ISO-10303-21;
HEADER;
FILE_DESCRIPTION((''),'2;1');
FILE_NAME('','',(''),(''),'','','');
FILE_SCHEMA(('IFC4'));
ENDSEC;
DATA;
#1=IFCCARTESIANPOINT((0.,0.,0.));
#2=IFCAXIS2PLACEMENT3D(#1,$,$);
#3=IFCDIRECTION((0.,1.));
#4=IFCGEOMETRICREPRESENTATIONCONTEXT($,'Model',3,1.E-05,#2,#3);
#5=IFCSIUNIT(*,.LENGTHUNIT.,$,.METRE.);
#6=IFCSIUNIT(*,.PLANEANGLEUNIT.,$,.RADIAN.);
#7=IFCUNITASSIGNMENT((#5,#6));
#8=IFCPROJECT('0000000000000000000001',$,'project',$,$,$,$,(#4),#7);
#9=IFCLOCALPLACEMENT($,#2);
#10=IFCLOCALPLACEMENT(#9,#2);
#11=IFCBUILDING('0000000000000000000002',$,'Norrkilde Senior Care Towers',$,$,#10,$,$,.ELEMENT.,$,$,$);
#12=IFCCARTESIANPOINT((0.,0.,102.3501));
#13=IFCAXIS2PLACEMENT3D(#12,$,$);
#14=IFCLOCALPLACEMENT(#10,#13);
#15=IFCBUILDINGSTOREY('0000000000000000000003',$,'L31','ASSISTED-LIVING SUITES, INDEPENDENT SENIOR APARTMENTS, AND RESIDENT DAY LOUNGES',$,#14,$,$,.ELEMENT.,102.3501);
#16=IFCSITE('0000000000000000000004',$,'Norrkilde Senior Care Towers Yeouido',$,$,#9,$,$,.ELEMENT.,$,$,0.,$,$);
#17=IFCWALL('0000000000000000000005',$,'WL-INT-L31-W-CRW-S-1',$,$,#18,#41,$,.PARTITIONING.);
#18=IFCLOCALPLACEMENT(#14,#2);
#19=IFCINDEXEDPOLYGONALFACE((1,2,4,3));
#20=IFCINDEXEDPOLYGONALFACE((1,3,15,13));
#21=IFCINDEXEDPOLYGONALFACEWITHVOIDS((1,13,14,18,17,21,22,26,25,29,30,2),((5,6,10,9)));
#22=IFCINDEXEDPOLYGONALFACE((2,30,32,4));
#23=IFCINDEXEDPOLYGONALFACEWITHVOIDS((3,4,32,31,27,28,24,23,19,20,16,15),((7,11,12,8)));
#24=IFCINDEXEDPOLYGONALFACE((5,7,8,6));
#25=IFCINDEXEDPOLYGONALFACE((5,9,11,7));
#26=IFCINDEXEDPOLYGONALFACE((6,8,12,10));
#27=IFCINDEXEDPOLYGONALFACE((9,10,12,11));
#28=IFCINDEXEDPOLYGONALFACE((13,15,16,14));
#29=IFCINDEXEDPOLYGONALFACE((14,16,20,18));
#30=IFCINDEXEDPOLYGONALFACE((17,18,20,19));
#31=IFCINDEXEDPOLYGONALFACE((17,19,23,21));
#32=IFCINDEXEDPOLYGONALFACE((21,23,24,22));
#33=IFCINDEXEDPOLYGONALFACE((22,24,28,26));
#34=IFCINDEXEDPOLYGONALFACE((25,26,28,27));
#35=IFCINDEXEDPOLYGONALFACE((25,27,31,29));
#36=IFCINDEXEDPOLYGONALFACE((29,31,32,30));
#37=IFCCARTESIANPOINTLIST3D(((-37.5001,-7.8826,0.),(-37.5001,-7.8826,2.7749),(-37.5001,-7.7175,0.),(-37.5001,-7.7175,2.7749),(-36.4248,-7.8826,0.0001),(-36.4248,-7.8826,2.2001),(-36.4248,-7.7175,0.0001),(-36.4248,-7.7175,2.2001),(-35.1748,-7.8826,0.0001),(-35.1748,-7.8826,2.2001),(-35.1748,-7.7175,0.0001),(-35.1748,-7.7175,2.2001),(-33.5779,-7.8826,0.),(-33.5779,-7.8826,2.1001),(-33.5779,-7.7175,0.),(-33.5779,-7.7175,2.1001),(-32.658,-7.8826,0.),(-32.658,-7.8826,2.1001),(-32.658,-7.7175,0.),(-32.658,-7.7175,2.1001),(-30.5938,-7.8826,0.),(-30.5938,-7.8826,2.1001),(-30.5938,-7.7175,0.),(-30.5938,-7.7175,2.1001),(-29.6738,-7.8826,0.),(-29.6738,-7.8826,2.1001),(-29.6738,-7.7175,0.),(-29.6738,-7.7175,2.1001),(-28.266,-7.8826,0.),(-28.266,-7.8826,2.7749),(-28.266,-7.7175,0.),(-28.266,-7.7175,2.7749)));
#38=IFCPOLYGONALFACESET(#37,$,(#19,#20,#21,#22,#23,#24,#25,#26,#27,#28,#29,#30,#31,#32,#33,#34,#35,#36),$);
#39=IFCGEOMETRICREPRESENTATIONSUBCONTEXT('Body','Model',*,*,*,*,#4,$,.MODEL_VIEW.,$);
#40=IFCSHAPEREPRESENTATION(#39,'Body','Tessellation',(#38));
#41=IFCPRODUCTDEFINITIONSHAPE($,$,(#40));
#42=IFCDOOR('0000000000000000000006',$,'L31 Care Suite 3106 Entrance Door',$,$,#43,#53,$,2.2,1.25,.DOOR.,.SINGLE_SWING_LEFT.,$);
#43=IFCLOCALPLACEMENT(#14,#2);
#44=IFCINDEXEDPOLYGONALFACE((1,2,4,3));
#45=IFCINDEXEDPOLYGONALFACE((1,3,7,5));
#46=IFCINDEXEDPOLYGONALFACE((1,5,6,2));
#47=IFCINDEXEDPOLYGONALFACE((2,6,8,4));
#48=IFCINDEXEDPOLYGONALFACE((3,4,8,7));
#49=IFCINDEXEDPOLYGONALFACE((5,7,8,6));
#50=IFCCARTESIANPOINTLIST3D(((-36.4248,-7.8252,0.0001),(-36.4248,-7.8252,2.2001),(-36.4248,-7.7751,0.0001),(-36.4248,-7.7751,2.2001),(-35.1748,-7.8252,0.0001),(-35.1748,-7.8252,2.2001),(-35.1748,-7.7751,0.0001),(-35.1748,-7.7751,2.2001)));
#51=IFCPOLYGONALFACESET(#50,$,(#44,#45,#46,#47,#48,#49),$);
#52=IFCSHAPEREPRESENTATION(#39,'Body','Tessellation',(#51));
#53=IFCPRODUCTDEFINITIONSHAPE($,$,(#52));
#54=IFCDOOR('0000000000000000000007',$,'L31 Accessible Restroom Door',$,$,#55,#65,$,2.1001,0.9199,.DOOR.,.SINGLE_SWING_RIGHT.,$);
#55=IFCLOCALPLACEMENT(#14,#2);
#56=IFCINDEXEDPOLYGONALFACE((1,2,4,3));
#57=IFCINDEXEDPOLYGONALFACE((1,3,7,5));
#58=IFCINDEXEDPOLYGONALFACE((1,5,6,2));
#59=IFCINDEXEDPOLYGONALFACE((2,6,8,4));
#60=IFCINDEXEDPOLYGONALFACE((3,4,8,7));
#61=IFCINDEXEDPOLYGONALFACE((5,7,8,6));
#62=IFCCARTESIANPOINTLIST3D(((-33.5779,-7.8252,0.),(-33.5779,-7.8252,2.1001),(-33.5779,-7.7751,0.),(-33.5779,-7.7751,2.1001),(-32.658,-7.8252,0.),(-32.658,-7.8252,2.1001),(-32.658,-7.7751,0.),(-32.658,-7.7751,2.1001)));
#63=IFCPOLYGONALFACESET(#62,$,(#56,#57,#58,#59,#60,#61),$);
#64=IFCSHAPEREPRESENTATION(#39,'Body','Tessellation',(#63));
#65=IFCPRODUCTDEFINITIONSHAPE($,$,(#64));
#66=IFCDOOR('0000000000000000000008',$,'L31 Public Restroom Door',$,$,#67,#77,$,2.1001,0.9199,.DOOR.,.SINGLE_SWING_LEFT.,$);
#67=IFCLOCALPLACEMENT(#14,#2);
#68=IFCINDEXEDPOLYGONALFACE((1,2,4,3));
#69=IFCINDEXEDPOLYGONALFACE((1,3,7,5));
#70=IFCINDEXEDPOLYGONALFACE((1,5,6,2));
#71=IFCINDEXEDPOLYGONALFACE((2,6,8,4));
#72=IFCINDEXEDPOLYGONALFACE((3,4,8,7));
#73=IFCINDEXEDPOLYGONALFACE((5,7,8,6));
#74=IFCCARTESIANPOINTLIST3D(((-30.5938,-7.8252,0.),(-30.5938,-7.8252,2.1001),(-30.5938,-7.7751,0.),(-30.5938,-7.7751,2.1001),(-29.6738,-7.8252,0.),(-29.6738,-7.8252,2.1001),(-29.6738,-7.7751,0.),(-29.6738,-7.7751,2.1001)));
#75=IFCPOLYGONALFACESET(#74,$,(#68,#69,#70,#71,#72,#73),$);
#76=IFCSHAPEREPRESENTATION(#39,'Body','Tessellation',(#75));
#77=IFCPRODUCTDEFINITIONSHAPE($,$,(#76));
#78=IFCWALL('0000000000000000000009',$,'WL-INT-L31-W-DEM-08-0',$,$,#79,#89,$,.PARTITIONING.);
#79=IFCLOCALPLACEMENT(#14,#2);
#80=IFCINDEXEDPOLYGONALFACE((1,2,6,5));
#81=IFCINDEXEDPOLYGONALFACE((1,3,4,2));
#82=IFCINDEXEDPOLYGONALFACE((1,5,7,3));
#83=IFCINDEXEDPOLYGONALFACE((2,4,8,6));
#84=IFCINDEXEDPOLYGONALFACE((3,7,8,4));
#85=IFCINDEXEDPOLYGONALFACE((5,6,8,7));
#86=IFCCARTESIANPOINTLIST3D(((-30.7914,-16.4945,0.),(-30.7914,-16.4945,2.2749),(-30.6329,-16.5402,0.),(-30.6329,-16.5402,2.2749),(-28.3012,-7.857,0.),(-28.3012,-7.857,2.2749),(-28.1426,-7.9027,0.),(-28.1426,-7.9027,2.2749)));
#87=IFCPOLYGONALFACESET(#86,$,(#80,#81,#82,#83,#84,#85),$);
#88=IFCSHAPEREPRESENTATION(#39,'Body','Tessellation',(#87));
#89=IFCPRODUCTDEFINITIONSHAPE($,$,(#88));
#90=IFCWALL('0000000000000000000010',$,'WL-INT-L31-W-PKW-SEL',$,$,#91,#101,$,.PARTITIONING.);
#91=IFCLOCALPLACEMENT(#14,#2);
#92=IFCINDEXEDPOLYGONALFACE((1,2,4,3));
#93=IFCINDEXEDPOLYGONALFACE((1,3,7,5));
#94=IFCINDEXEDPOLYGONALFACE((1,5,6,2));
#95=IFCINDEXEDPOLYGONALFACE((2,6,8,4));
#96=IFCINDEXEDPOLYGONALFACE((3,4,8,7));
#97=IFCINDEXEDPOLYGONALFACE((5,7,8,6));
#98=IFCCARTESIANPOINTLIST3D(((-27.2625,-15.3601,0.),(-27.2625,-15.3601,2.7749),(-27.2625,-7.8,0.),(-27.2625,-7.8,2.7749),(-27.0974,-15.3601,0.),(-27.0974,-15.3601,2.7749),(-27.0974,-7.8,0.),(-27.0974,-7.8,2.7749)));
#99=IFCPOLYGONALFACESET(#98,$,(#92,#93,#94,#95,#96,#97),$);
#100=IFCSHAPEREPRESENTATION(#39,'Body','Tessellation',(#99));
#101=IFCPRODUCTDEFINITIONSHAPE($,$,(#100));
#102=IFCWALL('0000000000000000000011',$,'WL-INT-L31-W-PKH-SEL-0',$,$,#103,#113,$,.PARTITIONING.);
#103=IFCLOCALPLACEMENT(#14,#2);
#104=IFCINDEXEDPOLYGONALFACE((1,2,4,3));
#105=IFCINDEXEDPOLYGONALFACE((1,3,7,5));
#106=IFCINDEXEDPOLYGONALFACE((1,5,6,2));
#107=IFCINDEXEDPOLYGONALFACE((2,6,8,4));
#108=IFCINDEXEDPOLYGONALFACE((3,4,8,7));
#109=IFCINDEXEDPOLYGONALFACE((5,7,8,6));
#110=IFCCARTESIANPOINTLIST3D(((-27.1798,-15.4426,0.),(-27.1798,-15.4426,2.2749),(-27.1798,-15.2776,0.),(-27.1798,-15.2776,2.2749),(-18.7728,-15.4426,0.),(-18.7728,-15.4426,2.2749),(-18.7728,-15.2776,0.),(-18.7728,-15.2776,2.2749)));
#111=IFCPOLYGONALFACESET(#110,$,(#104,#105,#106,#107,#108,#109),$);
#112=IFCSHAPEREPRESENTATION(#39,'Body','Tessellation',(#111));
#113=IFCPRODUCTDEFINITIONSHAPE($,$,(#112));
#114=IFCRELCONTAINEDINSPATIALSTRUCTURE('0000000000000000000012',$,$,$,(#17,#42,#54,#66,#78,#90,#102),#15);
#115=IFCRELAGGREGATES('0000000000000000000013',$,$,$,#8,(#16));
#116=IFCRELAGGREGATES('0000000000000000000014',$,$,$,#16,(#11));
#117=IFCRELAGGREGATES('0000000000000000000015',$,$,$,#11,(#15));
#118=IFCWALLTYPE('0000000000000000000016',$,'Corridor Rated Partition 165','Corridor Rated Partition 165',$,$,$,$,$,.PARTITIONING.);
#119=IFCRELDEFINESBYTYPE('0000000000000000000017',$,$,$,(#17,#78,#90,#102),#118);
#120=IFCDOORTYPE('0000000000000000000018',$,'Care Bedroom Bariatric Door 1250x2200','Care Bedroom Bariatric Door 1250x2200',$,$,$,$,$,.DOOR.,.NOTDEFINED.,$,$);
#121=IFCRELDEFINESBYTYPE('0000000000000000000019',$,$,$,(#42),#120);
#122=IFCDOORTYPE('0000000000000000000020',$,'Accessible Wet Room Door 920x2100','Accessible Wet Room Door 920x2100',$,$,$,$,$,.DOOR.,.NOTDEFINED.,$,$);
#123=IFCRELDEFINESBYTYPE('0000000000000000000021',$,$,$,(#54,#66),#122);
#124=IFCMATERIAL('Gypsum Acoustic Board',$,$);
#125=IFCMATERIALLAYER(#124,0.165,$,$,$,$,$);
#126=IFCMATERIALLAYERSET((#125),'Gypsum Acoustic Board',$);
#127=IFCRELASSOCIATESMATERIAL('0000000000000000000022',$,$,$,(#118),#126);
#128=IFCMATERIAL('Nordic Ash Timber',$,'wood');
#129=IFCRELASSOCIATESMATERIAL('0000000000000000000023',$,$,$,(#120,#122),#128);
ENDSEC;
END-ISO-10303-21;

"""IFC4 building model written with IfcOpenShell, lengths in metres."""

from ifc_helpers import new_model, si_unit, direction, frame, frame_2d, origin, place, context, subcontext, project, spatial, rectangle, extrude, source, transform, mapped, material, layer, layer_set, type_object, type_shapes, element, fill, save


model = new_model("IFC4")

# Units and contexts
model_context = context("Model", 3, precision=1e-05, world=origin(), true_north=direction((0.0, 1.0)))
body_context = subcontext(model_context, "Body", "Model", "MODEL_VIEW")
ifc_project = project(units=[si_unit("LENGTHUNIT", "METRE"), si_unit("PLANEANGLEUNIT", "RADIAN")], contexts=[model_context])

# Site, building, storey
site_placement = place(None, origin())
site = spatial("IfcSite", under=ifc_project, at=site_placement, Name="Norrkilde Senior Care Towers Yeouido", CompositionType="ELEMENT", RefElevation=0.0)
building_placement = place(site_placement, origin())
building = spatial("IfcBuilding", under=site, at=building_placement, Name="Norrkilde Senior Care Towers", CompositionType="ELEMENT")
storey_placement = place(building_placement, frame((0.0, 0.0, 102.3501)))
storey = spatial("IfcBuildingStorey", under=building, at=storey_placement, Name="L31", Description="ASSISTED-LIVING SUITES, INDEPENDENT SENIOR APARTMENTS, AND RESIDENT DAY LOUNGES", CompositionType="ELEMENT", Elevation=102.3501)

# Shared definitions
ifc_material_1 = material(Name="Gypsum Acoustic Board")
ifc_layer_1 = layer(ifc_material_1, 0.165)
ifc_layer_set_1 = layer_set([ifc_layer_1], Name="Gypsum Acoustic Board")
wall_type_1 = type_object("IfcWallType", Name="Corridor Rated Partition 165", Description="Corridor Rated Partition 165", PredefinedType="PARTITIONING", material=ifc_layer_set_1)
ifc_material_2 = material(Name="Nordic Ash Timber", Category="wood")

# Wall, openings, doors
shared_shape_1 = source(origin(), body_context, "Body", "SweptSolid", [
    extrude(rectangle(XDim=9.2341, YDim=0.165, at=frame_2d((4.6172, 0.0))), origin(), (0.0, 0.0, 1.0), 2.7749),
])
wall_1_placement = place(storey_placement, frame((-28.2659, -7.8, 0.0), z_axis=(0.0, 0.0, 1.0), x_axis=(-1.0, 0.0, 0.0)))
wall_1 = element("IfcWall", 1, at=wall_1_placement, inside=storey, type_object=wall_type_1, Name="WL-INT-L31-W-CRW-S-1", PredefinedType="PARTITIONING", context=body_context, shape_type="MappedRepresentation", body=[
    mapped(shared_shape_1, transform((0.0, 0.0, 0.0), x_axis=(1.0, 0.0, 0.0), y_axis=(0.0, 1.0, 0.0), z_axis=(0.0, 0.0, 1.0), scale=1.0)),
])
opening_1_placement = place(wall_1_placement, frame((6.9089, 0.0, 0.0)))
opening_1 = element("IfcOpeningElement", 2, at=opening_1_placement, cuts=wall_1, PredefinedType="OPENING", context=body_context, shape_type="SweptSolid", body=[
    extrude(rectangle(XDim=1.25, YDim=2.2, at=frame_2d((0.625, 1.1001))), frame((0.0, 0.0925, 0.0), z_axis=(0.0, -1.0, 0.0), x_axis=(1.0, 0.0, 0.0)), (0.0, 0.0, 1.0), 0.1851),
])
opening_2_placement = place(wall_1_placement, frame((4.3921, 0.0, 0.0)))
opening_2 = element("IfcOpeningElement", 3, at=opening_2_placement, cuts=wall_1, PredefinedType="OPENING", context=body_context, shape_type="SweptSolid", body=[
    extrude(rectangle(XDim=0.9199, YDim=2.1001, at=frame_2d((0.46, 1.05))), frame((0.0, 0.0925, 0.0), z_axis=(0.0, -1.0, 0.0), x_axis=(1.0, 0.0, 0.0)), (0.0, 0.0, 1.0), 0.1851),
])
opening_3_placement = place(wall_1_placement, frame((1.408, 0.0, 0.0)))
opening_3 = element("IfcOpeningElement", 4, at=opening_3_placement, cuts=wall_1, PredefinedType="OPENING", context=body_context, shape_type="SweptSolid", body=[
    extrude(rectangle(XDim=0.9199, YDim=2.1001, at=frame_2d((0.46, 1.05))), frame((0.0, 0.0925, 0.0), z_axis=(0.0, -1.0, 0.0), x_axis=(1.0, 0.0, 0.0)), (0.0, 0.0, 1.0), 0.1851),
])
door_type_1 = type_object("IfcDoorType", Name="Care Bedroom Bariatric Door 1250x2200", Description="Care Bedroom Bariatric Door 1250x2200", OperationType="NOTDEFINED", PredefinedType="DOOR", material=ifc_material_2)
shared_shape_2 = source(origin(), body_context, "Body", "SweptSolid", [
    extrude(rectangle(XDim=1.25, YDim=2.2, at=frame_2d((0.625, 1.1001))), frame((0.0, 0.0249, 0.0), z_axis=(0.0, -1.0, 0.0), x_axis=(1.0, 0.0, 0.0)), (0.0, 0.0, 1.0), 0.05),
])
type_shapes(door_type_1, [shared_shape_2])
door_1_placement = place(opening_1_placement, frame((1.25, 0.0, 0.0), z_axis=(0.0, 0.0, 1.0), x_axis=(-1.0, 0.0, 0.0)))
door_1 = element("IfcDoor", 5, at=door_1_placement, inside=storey, type_object=door_type_1, Name="L31 Care Suite 3106 Entrance Door", OperationType="SINGLE_SWING_LEFT", OverallHeight=2.2, OverallWidth=1.25, PredefinedType="DOOR", context=body_context, shape_type="MappedRepresentation", body=[
    mapped(shared_shape_2, transform((0.0, 0.0, 0.0), x_axis=(1.0, 0.0, 0.0), y_axis=(0.0, 1.0, 0.0), z_axis=(0.0, 0.0, 1.0), scale=1.0)),
])
fill(opening_1, door_1)
door_type_2 = type_object("IfcDoorType", Name="Accessible Wet Room Door 920x2100", Description="Accessible Wet Room Door 920x2100", OperationType="NOTDEFINED", PredefinedType="DOOR", material=ifc_material_2)
shared_shape_3 = source(origin(), body_context, "Body", "SweptSolid", [
    extrude(rectangle(XDim=0.9199, YDim=2.1001, at=frame_2d((0.46, 1.05))), frame((0.0, 0.0249, 0.0), z_axis=(0.0, -1.0, 0.0), x_axis=(1.0, 0.0, 0.0)), (0.0, 0.0, 1.0), 0.05),
])
type_shapes(door_type_2, [shared_shape_3])
door_2_placement = place(opening_2_placement, frame((0.9199, 0.0, 0.0), z_axis=(0.0, 0.0, 1.0), x_axis=(-1.0, 0.0, 0.0)))
door_2 = element("IfcDoor", 6, at=door_2_placement, inside=storey, type_object=door_type_2, Name="L31 Accessible Restroom Door", OperationType="SINGLE_SWING_RIGHT", OverallHeight=2.1001, OverallWidth=0.9199, PredefinedType="DOOR", context=body_context, shape_type="MappedRepresentation", body=[
    mapped(shared_shape_3, transform((0.0, 0.0, 0.0), x_axis=(1.0, 0.0, 0.0), y_axis=(0.0, 1.0, 0.0), z_axis=(0.0, 0.0, 1.0), scale=1.0)),
])
fill(opening_2, door_2)
door_3_placement = place(opening_3_placement, frame((0.9199, 0.0, 0.0), z_axis=(0.0, 0.0, 1.0), x_axis=(-1.0, 0.0, 0.0)))
door_3 = element("IfcDoor", 7, at=door_3_placement, inside=storey, type_object=door_type_2, Name="L31 Public Restroom Door", OperationType="SINGLE_SWING_LEFT", OverallHeight=2.1001, OverallWidth=0.9199, PredefinedType="DOOR", context=body_context, shape_type="MappedRepresentation", body=[
    mapped(shared_shape_3, transform((0.0, 0.0, 0.0), x_axis=(1.0, 0.0, 0.0), y_axis=(0.0, 1.0, 0.0), z_axis=(0.0, 0.0, 1.0), scale=1.0)),
])
fill(opening_3, door_3)

# Walls
shared_shape_4 = source(origin(), body_context, "Body", "SweptSolid", [
    extrude(rectangle(XDim=8.9893, YDim=0.165, at=frame_2d((4.4946, 0.0))), origin(), (0.0, 0.0, 1.0), 2.2749),
])
wall_2_placement = place(storey_placement, frame((-28.2219, -7.8799, 0.0), z_axis=(0.0, 0.0, 1.0), x_axis=(-0.277023, -0.960863, 0.0)))
element("IfcWall", 8, at=wall_2_placement, inside=storey, type_object=wall_type_1, Name="WL-INT-L31-W-DEM-08-0", PredefinedType="PARTITIONING", context=body_context, shape_type="MappedRepresentation", body=[
    mapped(shared_shape_4, transform((0.0, 0.0, 0.0), x_axis=(1.0, 0.0, 0.0), y_axis=(0.0, 1.0, 0.0), z_axis=(0.0, 0.0, 1.0), scale=1.0)),
])
shared_shape_5 = source(origin(), body_context, "Body", "SweptSolid", [
    extrude(rectangle(XDim=7.5601, YDim=0.165, at=frame_2d((3.78, 0.0))), origin(), (0.0, 0.0, 1.0), 2.7749),
])
wall_3_placement = place(storey_placement, frame((-27.1799, -15.3601, 0.0), z_axis=(0.0, 0.0, 1.0), x_axis=(0.0, 1.0, 0.0)))
element("IfcWall", 9, at=wall_3_placement, inside=storey, type_object=wall_type_1, Name="WL-INT-L31-W-PKW-SEL", PredefinedType="PARTITIONING", context=body_context, shape_type="MappedRepresentation", body=[
    mapped(shared_shape_5, transform((0.0, 0.0, 0.0), x_axis=(1.0, 0.0, 0.0), y_axis=(0.0, 1.0, 0.0), z_axis=(0.0, 0.0, 1.0), scale=1.0)),
])
shared_shape_6 = source(origin(), body_context, "Body", "SweptSolid", [
    extrude(rectangle(XDim=8.407, YDim=0.165, at=frame_2d((4.2036, 0.0))), origin(), (0.0, 0.0, 1.0), 2.2749),
])
wall_4_placement = place(storey_placement, frame((-27.1799, -15.3601, 0.0), z_axis=(0.0, 0.0, 1.0), x_axis=(1.0, 0.0, 0.0)))
element("IfcWall", 10, at=wall_4_placement, inside=storey, type_object=wall_type_1, Name="WL-INT-L31-W-PKH-SEL-0", PredefinedType="PARTITIONING", context=body_context, shape_type="MappedRepresentation", body=[
    mapped(shared_shape_6, transform((0.0, 0.0, 0.0), x_axis=(1.0, 0.0, 0.0), y_axis=(0.0, 1.0, 0.0), z_axis=(0.0, 0.0, 1.0), scale=1.0)),
])

save(model, "model.ifc")
